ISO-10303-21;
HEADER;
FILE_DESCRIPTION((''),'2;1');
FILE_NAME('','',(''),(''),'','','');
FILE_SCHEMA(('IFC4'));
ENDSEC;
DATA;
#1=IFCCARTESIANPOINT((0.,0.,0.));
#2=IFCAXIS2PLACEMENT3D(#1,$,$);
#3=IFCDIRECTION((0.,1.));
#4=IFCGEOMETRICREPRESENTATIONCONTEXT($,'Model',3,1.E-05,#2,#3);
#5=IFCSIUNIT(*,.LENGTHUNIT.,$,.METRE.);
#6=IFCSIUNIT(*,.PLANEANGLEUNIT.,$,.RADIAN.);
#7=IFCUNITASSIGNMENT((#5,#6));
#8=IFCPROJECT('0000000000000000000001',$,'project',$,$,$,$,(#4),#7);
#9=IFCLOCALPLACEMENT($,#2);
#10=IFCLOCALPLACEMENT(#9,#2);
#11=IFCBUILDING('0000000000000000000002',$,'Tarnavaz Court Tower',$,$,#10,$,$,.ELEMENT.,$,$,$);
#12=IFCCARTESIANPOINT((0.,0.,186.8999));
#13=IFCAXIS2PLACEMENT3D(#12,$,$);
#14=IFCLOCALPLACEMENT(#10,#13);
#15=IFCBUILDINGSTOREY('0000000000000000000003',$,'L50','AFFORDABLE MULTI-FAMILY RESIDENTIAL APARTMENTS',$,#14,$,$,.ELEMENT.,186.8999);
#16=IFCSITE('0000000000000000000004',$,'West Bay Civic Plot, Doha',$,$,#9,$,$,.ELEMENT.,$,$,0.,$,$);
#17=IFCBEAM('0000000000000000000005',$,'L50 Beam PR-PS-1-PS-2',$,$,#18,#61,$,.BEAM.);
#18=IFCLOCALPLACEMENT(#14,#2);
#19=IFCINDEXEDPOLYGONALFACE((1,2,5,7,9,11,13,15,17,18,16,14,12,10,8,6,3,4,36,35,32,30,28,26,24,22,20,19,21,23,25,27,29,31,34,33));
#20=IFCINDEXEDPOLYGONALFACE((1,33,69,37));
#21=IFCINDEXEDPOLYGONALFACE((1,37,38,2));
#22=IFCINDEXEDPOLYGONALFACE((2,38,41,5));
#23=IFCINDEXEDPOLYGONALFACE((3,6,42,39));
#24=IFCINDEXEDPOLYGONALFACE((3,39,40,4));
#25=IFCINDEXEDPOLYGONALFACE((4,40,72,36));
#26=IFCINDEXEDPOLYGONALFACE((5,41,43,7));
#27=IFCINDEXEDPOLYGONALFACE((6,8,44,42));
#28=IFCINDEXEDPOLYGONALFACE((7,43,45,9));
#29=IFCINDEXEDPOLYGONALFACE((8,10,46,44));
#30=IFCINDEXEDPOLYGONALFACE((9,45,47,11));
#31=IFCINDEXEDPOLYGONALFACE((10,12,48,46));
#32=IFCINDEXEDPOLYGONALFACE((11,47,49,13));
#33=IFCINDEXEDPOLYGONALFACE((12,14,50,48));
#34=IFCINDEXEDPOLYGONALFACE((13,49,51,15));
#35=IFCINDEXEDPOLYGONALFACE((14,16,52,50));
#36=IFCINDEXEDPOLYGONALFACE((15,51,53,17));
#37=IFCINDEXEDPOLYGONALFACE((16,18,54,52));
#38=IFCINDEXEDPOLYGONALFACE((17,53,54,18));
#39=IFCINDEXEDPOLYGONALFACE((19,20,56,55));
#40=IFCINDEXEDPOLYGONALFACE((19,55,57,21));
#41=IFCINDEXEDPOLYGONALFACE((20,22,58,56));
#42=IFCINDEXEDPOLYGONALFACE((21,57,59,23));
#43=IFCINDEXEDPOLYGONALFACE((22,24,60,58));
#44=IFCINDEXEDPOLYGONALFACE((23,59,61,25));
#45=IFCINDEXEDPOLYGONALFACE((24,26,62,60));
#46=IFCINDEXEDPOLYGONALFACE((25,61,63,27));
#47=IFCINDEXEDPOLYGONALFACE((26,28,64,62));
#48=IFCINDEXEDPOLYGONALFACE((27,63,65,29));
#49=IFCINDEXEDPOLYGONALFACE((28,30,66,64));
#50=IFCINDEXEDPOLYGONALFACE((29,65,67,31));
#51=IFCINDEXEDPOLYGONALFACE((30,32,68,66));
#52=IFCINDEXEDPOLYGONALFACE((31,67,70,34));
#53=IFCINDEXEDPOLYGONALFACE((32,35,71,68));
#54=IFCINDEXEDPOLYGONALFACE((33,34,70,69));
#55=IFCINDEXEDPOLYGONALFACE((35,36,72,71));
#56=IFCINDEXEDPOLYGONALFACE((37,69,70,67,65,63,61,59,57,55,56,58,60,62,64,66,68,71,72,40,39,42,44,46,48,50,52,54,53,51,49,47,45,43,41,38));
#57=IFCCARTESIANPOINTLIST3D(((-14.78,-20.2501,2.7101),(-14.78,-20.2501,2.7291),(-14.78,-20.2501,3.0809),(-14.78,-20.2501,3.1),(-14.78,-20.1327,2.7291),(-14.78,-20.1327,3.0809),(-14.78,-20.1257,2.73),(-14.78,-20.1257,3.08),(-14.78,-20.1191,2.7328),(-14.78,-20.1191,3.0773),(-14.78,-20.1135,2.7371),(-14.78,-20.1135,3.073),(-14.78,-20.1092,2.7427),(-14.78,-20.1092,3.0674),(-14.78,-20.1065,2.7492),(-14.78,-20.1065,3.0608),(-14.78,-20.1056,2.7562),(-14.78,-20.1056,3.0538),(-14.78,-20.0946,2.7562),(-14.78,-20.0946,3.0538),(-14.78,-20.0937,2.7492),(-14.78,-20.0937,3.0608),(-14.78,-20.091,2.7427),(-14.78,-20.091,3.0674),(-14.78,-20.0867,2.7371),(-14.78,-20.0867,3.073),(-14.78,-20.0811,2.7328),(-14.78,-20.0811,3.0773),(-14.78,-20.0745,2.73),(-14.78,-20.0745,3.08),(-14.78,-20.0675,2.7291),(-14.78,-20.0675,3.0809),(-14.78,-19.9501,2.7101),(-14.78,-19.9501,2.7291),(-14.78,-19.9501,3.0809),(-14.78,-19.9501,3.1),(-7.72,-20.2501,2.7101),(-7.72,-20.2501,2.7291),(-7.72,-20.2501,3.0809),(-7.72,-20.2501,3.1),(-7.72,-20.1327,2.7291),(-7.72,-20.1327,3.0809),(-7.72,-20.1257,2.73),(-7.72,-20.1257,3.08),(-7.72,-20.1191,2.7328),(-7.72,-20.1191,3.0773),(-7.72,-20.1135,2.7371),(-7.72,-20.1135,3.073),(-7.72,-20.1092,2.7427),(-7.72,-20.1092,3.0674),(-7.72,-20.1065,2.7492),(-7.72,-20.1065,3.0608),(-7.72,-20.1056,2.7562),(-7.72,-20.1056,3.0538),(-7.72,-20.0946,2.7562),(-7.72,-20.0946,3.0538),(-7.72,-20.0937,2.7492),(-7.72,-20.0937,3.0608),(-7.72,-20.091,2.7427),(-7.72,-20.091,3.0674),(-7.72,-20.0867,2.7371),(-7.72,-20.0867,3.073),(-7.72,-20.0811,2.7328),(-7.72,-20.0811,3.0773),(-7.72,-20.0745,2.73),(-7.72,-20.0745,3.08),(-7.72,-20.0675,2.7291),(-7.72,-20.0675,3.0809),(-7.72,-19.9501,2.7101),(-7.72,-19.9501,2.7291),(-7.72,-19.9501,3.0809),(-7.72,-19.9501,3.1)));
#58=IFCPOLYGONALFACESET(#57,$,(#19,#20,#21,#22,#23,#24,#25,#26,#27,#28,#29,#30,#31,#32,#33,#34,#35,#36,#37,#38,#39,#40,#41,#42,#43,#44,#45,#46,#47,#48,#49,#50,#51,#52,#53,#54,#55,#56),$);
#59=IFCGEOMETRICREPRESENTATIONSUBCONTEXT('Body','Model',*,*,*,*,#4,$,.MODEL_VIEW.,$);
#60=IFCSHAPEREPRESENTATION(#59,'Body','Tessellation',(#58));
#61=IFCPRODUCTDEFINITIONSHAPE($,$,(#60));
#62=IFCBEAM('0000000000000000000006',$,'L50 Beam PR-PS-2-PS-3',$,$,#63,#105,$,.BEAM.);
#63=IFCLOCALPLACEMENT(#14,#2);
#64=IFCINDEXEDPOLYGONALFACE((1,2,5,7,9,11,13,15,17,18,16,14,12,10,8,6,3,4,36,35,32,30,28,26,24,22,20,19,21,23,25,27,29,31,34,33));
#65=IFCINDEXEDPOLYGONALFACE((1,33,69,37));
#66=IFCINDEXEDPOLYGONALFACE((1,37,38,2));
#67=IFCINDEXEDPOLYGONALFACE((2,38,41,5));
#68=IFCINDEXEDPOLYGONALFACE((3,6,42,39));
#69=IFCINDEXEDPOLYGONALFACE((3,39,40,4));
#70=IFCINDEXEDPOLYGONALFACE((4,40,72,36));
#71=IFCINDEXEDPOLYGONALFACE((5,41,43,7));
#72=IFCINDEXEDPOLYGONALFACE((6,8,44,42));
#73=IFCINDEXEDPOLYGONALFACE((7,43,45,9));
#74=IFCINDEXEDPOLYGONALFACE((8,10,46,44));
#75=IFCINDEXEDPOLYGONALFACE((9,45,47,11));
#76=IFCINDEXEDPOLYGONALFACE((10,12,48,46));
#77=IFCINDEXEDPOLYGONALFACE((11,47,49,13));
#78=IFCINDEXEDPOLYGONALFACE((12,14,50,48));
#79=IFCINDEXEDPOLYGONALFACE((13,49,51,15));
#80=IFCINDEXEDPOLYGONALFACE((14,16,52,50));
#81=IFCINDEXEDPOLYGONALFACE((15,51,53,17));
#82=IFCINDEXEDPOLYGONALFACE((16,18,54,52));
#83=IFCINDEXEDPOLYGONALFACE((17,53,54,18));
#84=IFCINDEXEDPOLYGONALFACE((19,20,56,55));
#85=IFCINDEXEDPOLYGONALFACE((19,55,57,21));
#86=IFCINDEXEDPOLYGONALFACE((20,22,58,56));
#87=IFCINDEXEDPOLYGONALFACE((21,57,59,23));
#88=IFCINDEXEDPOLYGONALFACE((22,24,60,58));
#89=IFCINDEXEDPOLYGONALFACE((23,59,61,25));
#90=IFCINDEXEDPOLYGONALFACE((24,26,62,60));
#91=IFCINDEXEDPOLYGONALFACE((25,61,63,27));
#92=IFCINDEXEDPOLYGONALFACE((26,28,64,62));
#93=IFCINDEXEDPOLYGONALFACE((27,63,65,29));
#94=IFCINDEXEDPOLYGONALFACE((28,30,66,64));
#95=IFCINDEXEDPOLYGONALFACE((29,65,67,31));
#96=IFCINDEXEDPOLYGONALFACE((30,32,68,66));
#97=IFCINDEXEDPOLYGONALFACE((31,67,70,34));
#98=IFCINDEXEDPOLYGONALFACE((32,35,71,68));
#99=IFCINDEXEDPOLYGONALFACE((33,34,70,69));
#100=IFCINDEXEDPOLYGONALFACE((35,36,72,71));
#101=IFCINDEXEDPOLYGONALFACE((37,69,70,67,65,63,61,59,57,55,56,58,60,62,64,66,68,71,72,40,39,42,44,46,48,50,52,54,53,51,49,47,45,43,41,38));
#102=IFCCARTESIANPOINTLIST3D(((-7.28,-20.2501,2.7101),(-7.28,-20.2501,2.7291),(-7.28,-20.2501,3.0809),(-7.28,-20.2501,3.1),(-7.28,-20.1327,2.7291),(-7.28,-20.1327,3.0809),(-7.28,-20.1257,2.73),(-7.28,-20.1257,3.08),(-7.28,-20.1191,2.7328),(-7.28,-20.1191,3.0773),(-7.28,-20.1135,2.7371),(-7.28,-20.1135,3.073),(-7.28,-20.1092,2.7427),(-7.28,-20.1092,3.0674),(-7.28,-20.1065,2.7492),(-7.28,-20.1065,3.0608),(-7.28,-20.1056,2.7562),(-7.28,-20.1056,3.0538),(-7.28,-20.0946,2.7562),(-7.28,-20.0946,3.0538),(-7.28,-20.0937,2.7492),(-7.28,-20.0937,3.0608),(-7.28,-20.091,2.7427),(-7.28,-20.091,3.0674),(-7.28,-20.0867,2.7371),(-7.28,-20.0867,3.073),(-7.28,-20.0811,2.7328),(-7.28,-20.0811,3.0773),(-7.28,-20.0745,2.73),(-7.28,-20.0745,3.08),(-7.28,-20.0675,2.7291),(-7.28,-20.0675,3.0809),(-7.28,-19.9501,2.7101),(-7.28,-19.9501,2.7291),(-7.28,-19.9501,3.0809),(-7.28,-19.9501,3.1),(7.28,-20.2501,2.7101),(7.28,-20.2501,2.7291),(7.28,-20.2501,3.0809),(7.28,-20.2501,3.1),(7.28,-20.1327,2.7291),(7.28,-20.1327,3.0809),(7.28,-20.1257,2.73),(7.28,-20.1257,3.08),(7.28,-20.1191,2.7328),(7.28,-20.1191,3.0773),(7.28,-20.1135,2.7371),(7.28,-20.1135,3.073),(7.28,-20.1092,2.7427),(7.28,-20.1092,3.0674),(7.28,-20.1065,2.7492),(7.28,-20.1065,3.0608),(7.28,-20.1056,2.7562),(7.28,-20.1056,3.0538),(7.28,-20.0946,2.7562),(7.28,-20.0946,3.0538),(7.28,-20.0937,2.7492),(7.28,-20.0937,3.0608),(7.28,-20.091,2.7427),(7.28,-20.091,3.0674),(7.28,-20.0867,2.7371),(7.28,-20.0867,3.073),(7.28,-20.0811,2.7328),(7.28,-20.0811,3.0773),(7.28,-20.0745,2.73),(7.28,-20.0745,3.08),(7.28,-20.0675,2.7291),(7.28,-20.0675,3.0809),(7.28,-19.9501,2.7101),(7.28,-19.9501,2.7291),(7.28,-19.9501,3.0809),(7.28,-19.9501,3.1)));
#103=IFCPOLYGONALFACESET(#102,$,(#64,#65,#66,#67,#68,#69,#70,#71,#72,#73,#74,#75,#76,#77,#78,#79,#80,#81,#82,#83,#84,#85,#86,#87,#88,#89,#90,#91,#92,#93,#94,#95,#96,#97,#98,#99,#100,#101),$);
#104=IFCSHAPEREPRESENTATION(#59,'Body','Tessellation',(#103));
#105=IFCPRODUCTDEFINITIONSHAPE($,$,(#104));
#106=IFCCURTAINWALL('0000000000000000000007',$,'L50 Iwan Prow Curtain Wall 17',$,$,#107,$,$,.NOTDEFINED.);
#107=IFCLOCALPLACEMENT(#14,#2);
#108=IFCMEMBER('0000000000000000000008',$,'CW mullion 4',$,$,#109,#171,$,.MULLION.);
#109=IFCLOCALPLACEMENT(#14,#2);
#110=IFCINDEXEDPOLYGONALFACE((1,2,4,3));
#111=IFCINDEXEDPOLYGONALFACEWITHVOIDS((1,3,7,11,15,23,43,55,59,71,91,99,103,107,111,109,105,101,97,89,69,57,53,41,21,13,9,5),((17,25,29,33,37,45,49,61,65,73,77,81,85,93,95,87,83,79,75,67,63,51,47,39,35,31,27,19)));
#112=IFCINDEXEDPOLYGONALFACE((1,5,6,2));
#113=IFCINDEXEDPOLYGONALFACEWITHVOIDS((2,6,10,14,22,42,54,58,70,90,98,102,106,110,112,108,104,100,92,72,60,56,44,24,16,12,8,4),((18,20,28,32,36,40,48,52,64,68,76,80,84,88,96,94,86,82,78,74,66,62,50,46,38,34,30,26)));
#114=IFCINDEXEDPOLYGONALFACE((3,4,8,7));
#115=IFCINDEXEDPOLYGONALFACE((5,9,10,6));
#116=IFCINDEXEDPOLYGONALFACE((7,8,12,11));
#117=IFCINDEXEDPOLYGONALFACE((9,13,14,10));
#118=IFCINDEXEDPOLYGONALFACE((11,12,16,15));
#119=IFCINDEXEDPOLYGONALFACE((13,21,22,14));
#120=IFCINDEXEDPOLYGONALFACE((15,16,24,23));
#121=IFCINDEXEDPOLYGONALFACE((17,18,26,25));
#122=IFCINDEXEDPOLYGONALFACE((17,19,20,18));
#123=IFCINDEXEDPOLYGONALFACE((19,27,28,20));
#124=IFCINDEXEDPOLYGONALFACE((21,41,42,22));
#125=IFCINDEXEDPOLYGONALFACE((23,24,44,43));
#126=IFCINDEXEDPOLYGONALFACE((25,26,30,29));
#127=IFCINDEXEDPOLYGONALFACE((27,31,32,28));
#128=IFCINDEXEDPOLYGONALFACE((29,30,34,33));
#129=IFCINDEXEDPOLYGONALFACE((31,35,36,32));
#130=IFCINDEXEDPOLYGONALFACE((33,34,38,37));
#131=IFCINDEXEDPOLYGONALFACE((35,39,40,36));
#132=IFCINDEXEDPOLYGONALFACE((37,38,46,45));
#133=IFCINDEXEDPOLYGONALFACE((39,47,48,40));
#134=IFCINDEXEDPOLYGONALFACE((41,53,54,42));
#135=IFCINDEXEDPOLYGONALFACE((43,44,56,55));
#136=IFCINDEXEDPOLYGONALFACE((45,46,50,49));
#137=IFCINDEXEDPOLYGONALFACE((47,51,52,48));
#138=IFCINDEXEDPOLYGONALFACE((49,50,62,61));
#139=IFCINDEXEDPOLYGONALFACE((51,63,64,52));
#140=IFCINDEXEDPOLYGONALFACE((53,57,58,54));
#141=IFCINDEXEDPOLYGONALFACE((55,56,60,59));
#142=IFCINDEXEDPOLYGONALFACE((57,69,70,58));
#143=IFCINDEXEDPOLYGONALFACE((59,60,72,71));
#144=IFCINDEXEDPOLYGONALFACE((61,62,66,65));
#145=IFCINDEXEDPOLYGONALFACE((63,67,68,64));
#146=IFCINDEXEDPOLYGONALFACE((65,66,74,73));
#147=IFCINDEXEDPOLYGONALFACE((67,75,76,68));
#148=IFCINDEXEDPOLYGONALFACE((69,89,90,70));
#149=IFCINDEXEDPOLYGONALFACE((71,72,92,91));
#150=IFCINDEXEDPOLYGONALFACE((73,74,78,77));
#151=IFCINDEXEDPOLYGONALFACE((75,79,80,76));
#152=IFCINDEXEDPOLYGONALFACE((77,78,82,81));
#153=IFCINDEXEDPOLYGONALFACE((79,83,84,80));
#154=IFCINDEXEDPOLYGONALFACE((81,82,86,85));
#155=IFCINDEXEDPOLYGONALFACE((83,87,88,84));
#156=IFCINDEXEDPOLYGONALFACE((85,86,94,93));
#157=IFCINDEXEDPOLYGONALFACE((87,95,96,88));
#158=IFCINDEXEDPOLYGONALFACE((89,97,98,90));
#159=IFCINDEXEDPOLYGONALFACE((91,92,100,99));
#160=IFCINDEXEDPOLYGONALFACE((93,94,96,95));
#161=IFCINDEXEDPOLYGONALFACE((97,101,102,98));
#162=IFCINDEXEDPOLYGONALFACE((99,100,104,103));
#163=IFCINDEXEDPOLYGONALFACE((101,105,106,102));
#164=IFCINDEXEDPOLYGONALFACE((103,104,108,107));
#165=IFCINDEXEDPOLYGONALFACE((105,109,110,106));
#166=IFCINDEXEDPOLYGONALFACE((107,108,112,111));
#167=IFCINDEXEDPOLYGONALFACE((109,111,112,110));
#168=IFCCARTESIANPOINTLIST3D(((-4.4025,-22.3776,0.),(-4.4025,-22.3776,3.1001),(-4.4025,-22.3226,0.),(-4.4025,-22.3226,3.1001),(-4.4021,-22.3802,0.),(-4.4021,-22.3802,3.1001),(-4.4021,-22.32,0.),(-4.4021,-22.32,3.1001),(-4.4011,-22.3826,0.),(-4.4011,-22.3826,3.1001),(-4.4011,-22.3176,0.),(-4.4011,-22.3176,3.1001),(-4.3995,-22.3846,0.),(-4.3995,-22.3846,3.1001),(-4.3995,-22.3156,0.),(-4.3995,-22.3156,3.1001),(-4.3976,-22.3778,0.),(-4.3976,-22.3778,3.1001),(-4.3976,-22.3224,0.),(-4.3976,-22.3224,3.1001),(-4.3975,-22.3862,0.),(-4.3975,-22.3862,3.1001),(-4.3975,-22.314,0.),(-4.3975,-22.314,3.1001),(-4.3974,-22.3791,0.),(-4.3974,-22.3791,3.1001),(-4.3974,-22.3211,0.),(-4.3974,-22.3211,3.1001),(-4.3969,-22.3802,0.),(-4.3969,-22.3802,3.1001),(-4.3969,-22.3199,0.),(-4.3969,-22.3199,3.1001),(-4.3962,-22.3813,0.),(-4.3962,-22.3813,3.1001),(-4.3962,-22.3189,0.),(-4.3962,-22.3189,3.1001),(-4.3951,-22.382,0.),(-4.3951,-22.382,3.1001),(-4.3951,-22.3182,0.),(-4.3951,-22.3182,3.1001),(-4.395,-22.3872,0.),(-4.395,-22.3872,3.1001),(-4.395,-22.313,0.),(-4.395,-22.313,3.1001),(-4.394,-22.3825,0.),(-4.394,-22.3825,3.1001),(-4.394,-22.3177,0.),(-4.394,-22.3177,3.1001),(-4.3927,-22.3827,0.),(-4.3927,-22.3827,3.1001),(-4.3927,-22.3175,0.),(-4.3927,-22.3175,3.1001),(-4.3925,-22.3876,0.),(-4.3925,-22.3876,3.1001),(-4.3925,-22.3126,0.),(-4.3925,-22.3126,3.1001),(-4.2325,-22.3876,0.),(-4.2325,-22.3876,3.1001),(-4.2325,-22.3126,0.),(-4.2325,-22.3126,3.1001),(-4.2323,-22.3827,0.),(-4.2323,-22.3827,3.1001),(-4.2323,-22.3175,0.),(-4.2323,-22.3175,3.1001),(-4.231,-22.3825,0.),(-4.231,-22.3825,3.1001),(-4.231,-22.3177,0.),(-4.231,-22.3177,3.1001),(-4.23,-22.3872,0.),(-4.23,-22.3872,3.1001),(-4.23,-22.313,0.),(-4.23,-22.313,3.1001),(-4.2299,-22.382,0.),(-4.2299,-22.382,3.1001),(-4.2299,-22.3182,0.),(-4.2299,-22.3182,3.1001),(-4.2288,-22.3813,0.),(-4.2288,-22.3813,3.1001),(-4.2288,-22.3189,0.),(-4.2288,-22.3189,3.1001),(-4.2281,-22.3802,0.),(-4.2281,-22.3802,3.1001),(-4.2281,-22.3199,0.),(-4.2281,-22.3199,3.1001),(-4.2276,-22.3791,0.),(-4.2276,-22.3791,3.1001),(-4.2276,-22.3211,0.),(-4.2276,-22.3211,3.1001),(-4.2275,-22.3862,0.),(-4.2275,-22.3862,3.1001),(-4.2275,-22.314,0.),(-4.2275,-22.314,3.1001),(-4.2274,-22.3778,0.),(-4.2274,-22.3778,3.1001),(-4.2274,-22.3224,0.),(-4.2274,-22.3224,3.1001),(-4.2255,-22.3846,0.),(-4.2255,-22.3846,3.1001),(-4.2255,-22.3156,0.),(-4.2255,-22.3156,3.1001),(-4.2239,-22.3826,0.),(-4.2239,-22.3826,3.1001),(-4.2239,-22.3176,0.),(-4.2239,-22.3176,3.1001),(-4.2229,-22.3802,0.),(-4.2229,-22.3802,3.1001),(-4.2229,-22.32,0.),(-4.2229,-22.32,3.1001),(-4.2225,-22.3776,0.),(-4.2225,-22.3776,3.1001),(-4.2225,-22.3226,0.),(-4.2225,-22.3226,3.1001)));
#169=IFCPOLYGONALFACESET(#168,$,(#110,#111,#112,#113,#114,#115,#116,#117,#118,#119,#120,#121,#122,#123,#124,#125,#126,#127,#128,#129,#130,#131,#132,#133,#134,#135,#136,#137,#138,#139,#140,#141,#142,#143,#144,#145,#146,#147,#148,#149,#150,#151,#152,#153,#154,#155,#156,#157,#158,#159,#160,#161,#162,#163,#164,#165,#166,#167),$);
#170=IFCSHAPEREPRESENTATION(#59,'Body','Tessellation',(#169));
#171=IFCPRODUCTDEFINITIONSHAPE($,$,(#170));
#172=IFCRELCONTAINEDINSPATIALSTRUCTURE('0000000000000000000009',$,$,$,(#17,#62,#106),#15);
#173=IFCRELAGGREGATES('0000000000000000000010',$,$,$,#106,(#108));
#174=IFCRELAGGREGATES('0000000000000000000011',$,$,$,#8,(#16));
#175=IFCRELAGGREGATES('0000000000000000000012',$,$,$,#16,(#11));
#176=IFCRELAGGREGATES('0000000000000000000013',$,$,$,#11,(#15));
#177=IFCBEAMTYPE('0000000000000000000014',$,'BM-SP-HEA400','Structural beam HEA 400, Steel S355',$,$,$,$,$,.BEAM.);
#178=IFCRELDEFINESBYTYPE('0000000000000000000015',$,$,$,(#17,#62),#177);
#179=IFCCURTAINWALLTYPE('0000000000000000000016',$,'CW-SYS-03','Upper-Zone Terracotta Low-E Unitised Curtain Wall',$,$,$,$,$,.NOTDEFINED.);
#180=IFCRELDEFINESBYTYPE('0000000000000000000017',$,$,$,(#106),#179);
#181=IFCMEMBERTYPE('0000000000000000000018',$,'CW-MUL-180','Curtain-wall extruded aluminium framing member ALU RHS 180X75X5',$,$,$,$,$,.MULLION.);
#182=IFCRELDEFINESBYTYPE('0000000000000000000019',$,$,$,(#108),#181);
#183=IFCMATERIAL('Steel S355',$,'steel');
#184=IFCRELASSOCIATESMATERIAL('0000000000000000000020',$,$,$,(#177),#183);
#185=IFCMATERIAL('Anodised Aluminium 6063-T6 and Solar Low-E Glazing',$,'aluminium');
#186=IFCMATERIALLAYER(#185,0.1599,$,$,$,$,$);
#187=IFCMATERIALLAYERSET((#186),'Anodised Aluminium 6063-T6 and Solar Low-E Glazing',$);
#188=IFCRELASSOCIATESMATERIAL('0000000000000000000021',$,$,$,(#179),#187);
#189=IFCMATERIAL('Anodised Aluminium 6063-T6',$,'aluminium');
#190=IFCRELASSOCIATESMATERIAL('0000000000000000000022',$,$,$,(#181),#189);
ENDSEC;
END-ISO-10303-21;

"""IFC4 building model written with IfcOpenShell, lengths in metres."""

from ifc_helpers import new_model, si_unit, direction, frame, origin, origin_2d, place, context, subcontext, project, spatial, hollow_rectangle, i_section, extrude, material, layer, layer_set, material_profile, profile_set, type_object, element, aggregate, save


model = new_model("IFC4")

# Units and contexts
model_context = context("Model", 3, precision=1e-05, world=origin(), true_north=direction((0.0, 1.0)))
body_context = subcontext(model_context, "Body", "Model", "MODEL_VIEW")
ifc_project = project(units=[si_unit("LENGTHUNIT", "METRE"), si_unit("PLANEANGLEUNIT", "RADIAN")], contexts=[model_context])

# Site, building, storey
site_placement = place(None, origin())
site = spatial("IfcSite", under=ifc_project, at=site_placement, Name="West Bay Civic Plot, Doha", CompositionType="ELEMENT", RefElevation=0.0)
building_placement = place(site_placement, origin())
building = spatial("IfcBuilding", under=site, at=building_placement, Name="Tarnavaz Court Tower", CompositionType="ELEMENT")
storey_placement = place(building_placement, frame((0.0, 0.0, 186.8999)))
storey = spatial("IfcBuildingStorey", under=building, at=storey_placement, Name="L50", Description="AFFORDABLE MULTI-FAMILY RESIDENTIAL APARTMENTS", CompositionType="ELEMENT", Elevation=186.8999)

# Beams
ifc_material_1 = material(Name="Steel S355", Category="steel")
ifc_material_profile_1 = material_profile(ifc_material_1, i_section(OverallWidth=0.3, OverallDepth=0.3899, WebThickness=0.011, FlangeThickness=0.019, FilletRadius=0.0271, at=origin_2d()), Name="HEA 400")
ifc_profile_set_1 = profile_set([ifc_material_profile_1], Name="Steel S355")
beam_type_1 = type_object("IfcBeamType", Name="BM-SP-HEA400", Description="Structural beam HEA 400, Steel S355", PredefinedType="BEAM", material=ifc_profile_set_1)
beam_1_placement = place(storey_placement, frame((-14.78, -20.1001, 2.905), z_axis=(1.0, 0.0, 0.0), x_axis=(0.0, 1.0, 0.0)))
element("IfcBeam", 1, at=beam_1_placement, inside=storey, type_object=beam_type_1, Name="L50 Beam PR-PS-1-PS-2", PredefinedType="BEAM", context=body_context, shape_type="SweptSolid", body=[
    extrude(i_section(OverallWidth=0.3, OverallDepth=0.3899, WebThickness=0.011, FlangeThickness=0.019, FilletRadius=0.0271, at=origin_2d()), origin(), (0.0, 0.0, 1.0), 7.0601),
])
beam_2_placement = place(storey_placement, frame((-7.28, -20.1001, 2.905), z_axis=(1.0, 0.0, 0.0), x_axis=(0.0, 1.0, 0.0)))
element("IfcBeam", 2, at=beam_2_placement, inside=storey, type_object=beam_type_1, Name="L50 Beam PR-PS-2-PS-3", PredefinedType="BEAM", context=body_context, shape_type="SweptSolid", body=[
    extrude(i_section(OverallWidth=0.3, OverallDepth=0.3899, WebThickness=0.011, FlangeThickness=0.019, FilletRadius=0.0271, at=origin_2d()), origin(), (0.0, 0.0, 1.0), 14.5601),
])

# Curtain wall, member
ifc_material_2 = material(Name="Anodised Aluminium 6063-T6 and Solar Low-E Glazing", Category="aluminium")
ifc_layer_1 = layer(ifc_material_2, 0.1599)
ifc_layer_set_1 = layer_set([ifc_layer_1], Name="Anodised Aluminium 6063-T6 and Solar Low-E Glazing")
curtain_wall_type = type_object("IfcCurtainWallType", Name="CW-SYS-03", Description="Upper-Zone Terracotta Low-E Unitised Curtain Wall", PredefinedType="NOTDEFINED", material=ifc_layer_set_1)
curtain_wall_placement = place(storey_placement, origin())
curtain_wall = element("IfcCurtainWall", 3, at=curtain_wall_placement, inside=storey, type_object=curtain_wall_type, Name="L50 Iwan Prow Curtain Wall 17", PredefinedType="NOTDEFINED")
ifc_material_3 = material(Name="Anodised Aluminium 6063-T6", Category="aluminium")
ifc_material_profile_2 = material_profile(ifc_material_3, hollow_rectangle(XDim=0.075, YDim=0.1799, WallThickness=0.0049, InnerFilletRadius=0.0049, OuterFilletRadius=0.01, at=origin_2d()), Name="ALU RHS 180X75X5")
ifc_profile_set_2 = profile_set([ifc_material_profile_2], Name="Anodised Aluminium 6063-T6")
member_type_1 = type_object("IfcMemberType", Name="CW-MUL-180", Description="Curtain-wall extruded aluminium framing member ALU RHS 180X75X5", PredefinedType="MULLION", material=ifc_profile_set_2)
member_1_placement = place(storey_placement, frame((-4.3125, -22.3501, 0.0), z_axis=(0.0, 0.0, 1.0), x_axis=(0.0, -1.0, 0.0)))
member_1 = element("IfcMember", 4, at=member_1_placement, type_object=member_type_1, Name="CW mullion 4", PredefinedType="MULLION", context=body_context, shape_type="SweptSolid", body=[
    extrude(hollow_rectangle(XDim=0.075, YDim=0.1799, WallThickness=0.0049, InnerFilletRadius=0.0049, OuterFilletRadius=0.01, at=origin_2d()), origin(), (0.0, 0.0, 1.0), 3.1001),
])
aggregate(curtain_wall, [member_1])

save(model, "model.ifc")
